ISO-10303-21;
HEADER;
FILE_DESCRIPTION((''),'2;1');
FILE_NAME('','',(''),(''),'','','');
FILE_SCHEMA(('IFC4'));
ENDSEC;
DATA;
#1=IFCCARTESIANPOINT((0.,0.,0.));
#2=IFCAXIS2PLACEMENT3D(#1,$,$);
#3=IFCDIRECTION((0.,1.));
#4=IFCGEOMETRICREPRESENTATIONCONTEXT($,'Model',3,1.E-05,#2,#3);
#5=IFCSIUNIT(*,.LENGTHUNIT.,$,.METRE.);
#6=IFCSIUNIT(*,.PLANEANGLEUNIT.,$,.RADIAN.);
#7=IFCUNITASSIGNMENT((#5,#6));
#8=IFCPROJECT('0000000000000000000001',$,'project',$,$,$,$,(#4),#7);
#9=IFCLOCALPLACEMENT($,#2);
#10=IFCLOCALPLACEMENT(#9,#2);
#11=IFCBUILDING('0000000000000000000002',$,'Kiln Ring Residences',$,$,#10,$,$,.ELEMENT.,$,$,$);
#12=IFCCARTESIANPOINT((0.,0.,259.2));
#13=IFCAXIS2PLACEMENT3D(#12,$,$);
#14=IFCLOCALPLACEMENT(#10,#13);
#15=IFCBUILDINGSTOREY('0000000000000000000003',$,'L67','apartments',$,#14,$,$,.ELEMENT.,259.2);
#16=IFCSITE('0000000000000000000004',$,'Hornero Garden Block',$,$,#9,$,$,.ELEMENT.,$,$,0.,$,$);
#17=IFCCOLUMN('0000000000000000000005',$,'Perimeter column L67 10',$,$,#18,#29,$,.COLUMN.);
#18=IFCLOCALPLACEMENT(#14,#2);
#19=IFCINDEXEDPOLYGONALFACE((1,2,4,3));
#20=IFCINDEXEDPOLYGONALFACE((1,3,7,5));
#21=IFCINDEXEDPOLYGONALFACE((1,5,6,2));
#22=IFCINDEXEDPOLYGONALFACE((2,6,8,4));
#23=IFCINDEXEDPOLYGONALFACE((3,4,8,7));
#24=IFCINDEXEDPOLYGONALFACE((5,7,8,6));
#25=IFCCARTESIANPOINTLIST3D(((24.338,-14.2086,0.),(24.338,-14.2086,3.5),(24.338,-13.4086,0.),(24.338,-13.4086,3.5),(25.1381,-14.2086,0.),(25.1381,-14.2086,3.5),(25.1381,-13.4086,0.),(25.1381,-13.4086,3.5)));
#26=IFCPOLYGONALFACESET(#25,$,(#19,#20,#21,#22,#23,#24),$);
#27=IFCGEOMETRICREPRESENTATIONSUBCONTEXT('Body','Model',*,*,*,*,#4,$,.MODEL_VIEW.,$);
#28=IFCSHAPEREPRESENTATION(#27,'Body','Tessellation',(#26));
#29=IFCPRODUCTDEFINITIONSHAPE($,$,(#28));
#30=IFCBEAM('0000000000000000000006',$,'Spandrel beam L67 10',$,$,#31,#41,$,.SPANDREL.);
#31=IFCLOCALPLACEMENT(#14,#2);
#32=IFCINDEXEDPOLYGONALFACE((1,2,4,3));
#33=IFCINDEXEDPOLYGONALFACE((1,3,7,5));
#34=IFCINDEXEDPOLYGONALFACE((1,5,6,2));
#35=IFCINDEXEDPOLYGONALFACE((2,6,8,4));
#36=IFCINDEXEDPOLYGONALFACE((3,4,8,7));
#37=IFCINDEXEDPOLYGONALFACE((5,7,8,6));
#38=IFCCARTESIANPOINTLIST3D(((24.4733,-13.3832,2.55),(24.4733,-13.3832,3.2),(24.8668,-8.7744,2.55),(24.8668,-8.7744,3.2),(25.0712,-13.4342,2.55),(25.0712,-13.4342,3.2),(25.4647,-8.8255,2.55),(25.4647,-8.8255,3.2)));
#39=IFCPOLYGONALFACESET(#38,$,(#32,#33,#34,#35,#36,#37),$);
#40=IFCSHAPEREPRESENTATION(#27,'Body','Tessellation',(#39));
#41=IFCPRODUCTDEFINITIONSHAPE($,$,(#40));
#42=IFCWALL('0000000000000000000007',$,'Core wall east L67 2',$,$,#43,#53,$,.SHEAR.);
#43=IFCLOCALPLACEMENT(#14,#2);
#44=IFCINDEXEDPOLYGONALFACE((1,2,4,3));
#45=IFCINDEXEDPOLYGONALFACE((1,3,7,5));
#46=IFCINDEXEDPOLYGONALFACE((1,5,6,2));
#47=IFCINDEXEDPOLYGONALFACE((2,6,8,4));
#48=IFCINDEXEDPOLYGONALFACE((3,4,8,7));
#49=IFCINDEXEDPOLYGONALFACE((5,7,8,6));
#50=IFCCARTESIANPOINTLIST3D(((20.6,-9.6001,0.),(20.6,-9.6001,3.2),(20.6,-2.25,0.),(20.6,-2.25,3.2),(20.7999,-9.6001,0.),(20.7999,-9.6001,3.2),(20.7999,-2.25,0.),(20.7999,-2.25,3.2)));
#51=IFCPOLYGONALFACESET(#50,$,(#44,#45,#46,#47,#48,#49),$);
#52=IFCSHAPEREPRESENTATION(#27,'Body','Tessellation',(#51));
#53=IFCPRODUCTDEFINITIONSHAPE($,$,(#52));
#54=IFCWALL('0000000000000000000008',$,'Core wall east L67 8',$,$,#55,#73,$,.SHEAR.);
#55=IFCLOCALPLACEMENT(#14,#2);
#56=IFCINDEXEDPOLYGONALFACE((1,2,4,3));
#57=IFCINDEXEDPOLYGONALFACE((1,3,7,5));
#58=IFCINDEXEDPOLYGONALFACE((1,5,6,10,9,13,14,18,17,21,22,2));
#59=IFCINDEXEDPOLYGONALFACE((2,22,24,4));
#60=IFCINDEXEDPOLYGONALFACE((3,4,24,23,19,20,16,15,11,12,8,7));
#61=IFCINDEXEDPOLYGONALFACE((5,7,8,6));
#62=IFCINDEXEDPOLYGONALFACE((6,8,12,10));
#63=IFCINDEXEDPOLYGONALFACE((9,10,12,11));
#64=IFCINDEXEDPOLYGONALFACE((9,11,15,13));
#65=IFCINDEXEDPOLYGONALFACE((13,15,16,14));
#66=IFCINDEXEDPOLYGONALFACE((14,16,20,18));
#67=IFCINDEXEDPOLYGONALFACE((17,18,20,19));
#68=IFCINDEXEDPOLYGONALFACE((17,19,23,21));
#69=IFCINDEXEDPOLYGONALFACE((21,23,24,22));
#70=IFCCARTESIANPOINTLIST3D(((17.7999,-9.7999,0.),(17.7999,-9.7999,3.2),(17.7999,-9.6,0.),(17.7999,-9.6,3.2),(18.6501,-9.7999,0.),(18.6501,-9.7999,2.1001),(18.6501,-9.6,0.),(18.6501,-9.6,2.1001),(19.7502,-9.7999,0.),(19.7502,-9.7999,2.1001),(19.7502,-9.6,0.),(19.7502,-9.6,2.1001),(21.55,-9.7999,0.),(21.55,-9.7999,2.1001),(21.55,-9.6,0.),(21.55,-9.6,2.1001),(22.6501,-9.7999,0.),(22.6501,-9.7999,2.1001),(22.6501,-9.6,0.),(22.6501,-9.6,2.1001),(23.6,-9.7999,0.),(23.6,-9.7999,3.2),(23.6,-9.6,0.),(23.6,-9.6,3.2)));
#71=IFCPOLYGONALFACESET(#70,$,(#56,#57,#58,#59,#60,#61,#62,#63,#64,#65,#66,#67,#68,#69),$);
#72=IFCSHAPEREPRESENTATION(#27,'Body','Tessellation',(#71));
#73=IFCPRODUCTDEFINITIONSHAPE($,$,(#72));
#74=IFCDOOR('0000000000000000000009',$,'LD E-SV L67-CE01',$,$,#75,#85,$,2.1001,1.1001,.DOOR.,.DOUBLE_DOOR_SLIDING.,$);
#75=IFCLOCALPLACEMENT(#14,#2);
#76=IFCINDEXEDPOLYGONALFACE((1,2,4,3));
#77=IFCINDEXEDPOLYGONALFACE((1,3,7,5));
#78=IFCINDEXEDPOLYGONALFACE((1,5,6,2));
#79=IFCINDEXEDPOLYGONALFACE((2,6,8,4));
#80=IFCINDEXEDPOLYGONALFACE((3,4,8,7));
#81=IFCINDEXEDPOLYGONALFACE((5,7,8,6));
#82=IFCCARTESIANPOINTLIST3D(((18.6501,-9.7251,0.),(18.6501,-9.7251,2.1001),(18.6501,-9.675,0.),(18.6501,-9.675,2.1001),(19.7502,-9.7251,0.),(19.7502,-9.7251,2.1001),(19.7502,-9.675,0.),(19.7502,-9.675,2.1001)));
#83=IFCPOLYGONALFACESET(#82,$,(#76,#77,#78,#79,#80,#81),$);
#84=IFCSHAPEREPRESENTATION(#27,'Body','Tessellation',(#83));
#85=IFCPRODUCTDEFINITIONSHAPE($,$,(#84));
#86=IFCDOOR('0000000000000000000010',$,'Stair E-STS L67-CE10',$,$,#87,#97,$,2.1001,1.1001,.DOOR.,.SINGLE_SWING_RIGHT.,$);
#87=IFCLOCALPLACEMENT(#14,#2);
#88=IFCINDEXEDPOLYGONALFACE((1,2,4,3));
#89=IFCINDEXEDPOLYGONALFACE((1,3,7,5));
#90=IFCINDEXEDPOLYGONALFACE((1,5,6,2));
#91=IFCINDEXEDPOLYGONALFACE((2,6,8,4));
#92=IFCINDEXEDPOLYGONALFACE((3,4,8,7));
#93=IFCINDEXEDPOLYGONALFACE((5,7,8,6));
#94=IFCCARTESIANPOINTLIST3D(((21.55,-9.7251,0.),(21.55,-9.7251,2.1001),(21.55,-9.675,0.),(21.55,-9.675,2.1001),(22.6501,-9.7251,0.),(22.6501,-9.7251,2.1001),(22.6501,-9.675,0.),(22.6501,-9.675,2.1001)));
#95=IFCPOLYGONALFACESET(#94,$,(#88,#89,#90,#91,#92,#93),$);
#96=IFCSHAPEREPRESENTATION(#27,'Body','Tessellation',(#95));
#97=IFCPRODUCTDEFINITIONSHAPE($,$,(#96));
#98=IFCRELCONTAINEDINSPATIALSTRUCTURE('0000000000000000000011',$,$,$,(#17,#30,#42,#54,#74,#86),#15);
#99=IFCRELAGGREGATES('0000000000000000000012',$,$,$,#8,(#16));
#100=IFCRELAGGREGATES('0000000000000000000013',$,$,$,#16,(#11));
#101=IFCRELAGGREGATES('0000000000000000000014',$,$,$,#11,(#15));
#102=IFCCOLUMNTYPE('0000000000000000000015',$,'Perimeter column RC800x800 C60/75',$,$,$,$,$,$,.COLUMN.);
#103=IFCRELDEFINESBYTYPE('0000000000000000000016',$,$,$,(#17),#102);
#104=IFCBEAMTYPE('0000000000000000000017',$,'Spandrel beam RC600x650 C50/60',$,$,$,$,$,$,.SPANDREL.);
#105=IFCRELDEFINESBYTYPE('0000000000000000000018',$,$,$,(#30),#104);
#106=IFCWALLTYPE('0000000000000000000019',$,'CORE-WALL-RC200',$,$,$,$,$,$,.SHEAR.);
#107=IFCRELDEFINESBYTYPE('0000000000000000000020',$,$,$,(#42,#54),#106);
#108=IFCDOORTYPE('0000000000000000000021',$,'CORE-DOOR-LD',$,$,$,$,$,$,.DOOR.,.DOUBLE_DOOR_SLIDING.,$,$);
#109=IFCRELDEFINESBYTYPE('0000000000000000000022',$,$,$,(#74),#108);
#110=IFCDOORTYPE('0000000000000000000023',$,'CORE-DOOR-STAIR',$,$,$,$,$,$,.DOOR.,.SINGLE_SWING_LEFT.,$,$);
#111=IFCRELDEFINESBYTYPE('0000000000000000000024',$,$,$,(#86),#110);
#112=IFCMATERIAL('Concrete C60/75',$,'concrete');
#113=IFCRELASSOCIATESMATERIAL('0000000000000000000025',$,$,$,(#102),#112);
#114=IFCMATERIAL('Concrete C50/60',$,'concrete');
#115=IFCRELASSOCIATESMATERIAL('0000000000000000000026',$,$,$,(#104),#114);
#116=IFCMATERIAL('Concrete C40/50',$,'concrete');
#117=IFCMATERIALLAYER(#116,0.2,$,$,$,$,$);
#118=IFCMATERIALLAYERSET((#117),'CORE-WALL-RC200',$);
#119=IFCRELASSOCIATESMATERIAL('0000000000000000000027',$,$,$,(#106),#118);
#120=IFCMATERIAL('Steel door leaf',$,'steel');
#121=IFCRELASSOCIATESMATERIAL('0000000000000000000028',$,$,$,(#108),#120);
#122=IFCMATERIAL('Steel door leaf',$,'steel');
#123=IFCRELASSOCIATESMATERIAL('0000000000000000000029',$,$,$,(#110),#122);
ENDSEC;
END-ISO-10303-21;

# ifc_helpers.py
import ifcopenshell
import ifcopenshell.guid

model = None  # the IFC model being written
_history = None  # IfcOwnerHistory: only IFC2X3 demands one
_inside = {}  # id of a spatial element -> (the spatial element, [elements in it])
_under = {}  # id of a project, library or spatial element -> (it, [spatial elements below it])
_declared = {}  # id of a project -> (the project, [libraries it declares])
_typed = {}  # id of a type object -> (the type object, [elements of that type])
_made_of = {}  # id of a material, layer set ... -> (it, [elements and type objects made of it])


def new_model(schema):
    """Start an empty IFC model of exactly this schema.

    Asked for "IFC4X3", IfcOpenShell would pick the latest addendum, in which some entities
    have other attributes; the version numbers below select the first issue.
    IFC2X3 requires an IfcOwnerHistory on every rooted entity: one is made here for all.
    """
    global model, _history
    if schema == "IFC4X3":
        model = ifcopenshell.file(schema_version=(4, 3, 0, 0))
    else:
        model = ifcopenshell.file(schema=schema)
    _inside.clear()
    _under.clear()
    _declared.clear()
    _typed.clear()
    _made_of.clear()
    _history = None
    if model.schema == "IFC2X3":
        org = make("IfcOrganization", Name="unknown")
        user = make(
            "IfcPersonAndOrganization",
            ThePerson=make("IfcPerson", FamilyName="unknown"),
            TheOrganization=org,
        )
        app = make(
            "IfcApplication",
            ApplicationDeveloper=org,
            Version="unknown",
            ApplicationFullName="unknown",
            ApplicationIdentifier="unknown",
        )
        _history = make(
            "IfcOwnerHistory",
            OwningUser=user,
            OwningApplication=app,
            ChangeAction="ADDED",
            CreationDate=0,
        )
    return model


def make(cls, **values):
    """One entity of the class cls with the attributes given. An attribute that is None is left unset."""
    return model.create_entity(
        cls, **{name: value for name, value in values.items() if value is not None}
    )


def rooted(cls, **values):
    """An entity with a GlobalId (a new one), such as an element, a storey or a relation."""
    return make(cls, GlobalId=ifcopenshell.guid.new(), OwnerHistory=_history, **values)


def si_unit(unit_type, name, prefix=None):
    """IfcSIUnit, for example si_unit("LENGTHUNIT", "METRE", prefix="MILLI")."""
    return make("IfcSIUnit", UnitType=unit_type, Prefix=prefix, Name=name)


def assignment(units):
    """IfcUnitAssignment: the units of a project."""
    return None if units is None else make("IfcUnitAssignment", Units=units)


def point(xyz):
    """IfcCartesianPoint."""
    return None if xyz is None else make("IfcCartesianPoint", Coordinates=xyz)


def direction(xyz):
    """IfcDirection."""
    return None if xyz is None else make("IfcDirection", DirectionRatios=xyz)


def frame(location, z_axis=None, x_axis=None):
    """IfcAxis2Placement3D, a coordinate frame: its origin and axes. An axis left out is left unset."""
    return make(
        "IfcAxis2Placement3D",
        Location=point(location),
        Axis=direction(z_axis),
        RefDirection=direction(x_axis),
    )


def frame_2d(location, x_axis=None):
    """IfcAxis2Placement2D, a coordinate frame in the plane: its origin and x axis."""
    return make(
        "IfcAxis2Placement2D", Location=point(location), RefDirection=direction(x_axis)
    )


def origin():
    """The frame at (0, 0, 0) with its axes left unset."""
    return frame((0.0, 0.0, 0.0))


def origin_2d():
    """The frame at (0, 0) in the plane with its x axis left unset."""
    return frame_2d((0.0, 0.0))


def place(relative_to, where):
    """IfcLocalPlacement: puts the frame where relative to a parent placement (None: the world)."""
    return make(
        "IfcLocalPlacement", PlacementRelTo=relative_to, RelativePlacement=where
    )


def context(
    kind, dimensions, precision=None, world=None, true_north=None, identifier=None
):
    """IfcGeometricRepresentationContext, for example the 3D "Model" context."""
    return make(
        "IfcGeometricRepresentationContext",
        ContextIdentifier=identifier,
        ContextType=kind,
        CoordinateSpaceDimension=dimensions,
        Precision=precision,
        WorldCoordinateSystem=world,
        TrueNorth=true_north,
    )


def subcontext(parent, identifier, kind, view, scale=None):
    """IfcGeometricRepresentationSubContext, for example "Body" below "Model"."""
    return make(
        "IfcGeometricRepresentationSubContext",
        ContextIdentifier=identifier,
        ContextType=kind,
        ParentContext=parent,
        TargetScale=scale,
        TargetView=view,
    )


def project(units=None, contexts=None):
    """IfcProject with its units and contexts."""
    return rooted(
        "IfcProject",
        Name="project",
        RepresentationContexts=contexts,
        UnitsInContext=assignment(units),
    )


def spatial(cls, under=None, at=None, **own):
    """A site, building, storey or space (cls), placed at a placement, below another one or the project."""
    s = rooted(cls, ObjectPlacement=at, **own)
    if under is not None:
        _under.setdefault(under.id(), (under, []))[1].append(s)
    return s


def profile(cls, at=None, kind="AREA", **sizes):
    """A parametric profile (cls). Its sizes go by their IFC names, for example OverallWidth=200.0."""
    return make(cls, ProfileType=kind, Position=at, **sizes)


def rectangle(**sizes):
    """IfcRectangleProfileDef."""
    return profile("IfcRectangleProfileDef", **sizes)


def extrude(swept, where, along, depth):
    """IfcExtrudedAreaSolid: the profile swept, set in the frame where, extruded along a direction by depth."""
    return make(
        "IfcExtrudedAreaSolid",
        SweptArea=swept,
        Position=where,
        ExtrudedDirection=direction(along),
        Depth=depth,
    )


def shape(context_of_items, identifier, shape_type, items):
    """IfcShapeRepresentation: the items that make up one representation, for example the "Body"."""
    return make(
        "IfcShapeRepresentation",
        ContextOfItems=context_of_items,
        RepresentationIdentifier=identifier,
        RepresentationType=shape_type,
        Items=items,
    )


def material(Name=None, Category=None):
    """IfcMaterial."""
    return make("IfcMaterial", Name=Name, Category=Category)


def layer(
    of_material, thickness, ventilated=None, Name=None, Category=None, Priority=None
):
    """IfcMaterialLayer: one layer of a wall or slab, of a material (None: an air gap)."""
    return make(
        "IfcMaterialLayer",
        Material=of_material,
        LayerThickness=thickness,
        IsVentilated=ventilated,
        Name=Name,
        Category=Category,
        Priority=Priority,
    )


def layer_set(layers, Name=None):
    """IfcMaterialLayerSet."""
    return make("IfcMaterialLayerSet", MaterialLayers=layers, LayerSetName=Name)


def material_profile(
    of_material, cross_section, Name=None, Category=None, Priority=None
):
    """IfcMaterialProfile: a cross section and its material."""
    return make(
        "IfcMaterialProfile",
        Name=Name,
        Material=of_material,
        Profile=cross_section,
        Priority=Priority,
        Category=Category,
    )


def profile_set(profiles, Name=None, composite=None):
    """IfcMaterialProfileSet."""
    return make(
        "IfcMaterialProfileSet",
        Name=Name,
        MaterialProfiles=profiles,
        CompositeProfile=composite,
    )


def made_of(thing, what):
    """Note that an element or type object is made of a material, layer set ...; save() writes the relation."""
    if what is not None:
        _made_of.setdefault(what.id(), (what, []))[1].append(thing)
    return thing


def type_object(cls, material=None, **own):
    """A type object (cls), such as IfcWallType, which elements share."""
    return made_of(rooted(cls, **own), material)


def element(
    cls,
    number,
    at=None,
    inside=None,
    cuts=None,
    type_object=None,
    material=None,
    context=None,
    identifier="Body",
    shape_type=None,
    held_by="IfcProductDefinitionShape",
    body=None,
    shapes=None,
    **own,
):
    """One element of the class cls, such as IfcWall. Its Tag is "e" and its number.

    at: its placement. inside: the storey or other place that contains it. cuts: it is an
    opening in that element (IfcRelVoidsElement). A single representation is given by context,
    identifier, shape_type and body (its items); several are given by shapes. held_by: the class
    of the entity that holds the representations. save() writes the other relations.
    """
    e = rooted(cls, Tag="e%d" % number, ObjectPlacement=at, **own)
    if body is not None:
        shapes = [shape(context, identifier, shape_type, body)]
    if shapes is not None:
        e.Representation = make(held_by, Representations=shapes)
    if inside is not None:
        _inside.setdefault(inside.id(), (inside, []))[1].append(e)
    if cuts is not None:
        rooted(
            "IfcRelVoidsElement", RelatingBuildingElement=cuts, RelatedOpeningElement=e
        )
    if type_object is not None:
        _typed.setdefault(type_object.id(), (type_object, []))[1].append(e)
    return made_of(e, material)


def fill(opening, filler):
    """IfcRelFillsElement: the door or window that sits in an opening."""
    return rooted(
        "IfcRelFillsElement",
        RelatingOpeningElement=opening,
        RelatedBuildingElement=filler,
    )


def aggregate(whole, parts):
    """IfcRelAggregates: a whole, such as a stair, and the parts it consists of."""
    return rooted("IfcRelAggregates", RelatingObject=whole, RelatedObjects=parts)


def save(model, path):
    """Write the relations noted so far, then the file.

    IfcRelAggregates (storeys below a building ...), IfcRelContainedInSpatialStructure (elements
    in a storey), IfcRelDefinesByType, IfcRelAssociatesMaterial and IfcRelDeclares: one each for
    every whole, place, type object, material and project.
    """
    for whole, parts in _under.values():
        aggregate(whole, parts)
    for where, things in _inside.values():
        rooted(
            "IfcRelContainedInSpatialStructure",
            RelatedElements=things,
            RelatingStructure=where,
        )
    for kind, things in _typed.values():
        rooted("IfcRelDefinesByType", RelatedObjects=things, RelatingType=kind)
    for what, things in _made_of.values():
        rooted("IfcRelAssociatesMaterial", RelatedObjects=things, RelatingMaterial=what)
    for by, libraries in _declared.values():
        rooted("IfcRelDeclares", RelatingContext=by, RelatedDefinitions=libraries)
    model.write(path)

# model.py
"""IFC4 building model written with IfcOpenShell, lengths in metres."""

from ifc_helpers import new_model, si_unit, direction, frame, frame_2d, origin, origin_2d, place, context, subcontext, project, spatial, rectangle, extrude, material, layer, layer_set, material_profile, profile_set, type_object, element, fill, save


model = new_model("IFC4")

# Units and contexts
model_context = context("Model", 3, precision=1e-05, world=origin(), true_north=direction((0.0, 1.0)))
body_context = subcontext(model_context, "Body", "Model", "MODEL_VIEW")
ifc_project = project(units=[si_unit("LENGTHUNIT", "METRE"), si_unit("PLANEANGLEUNIT", "RADIAN")], contexts=[model_context])

# Site, building, storey
site_placement = place(None, origin())
site = spatial("IfcSite", under=ifc_project, at=site_placement, Name="Hornero Garden Block", CompositionType="ELEMENT", RefElevation=0.0)
building_placement = place(site_placement, origin())
building = spatial("IfcBuilding", under=site, at=building_placement, Name="Kiln Ring Residences", CompositionType="ELEMENT")
storey_placement = place(building_placement, frame((0.0, 0.0, 259.2)))
storey = spatial("IfcBuildingStorey", under=building, at=storey_placement, Name="L67", Description="apartments", CompositionType="ELEMENT", Elevation=259.2)

# Column
ifc_material_1 = material(Name="Concrete C60/75", Category="concrete")
ifc_material_profile_1 = material_profile(ifc_material_1, rectangle(XDim=0.8, YDim=0.8, at=origin_2d()), Name="RC800x800")
ifc_profile_set_1 = profile_set([ifc_material_profile_1], Name="Concrete C60/75")
column_type = type_object("IfcColumnType", Name="Perimeter column RC800x800 C60/75", PredefinedType="COLUMN", material=ifc_profile_set_1)
column_placement = place(storey_placement, frame((24.738, -13.8086, 0.0), z_axis=(0.0, 0.0, 1.0), x_axis=(1.0, 0.0, 0.0)))
element("IfcColumn", 1, at=column_placement, inside=storey, type_object=column_type, Name="Perimeter column L67 10", PredefinedType="COLUMN", context=body_context, shape_type="SweptSolid", body=[
    extrude(rectangle(XDim=0.8, YDim=0.8, at=origin_2d()), origin(), (0.0, 0.0, 1.0), 3.5),
])

# Beam
ifc_material_2 = material(Name="Concrete C50/60", Category="concrete")
ifc_material_profile_2 = material_profile(ifc_material_2, rectangle(XDim=0.6001, YDim=0.6499, at=origin_2d()), Name="RC600x650")
ifc_profile_set_2 = profile_set([ifc_material_profile_2], Name="Concrete C50/60")
beam_type = type_object("IfcBeamType", Name="Spandrel beam RC600x650 C50/60", PredefinedType="SPANDREL", material=ifc_profile_set_2)
beam_placement = place(storey_placement, frame((24.7722, -13.4087, 2.875), z_axis=(0.085085, 0.996374, 0.0), x_axis=(-0.996374, 0.085085, 0.0)))
element("IfcBeam", 2, at=beam_placement, inside=storey, type_object=beam_type, Name="Spandrel beam L67 10", PredefinedType="SPANDREL", context=body_context, shape_type="SweptSolid", body=[
    extrude(rectangle(XDim=0.6001, YDim=0.6499, at=origin_2d()), origin(), (0.0, 0.0, 1.0), 4.6255),
])

# Wall
ifc_material_3 = material(Name="Concrete C40/50", Category="concrete")
ifc_layer_1 = layer(ifc_material_3, 0.2)
ifc_layer_set_1 = layer_set([ifc_layer_1], Name="CORE-WALL-RC200")
wall_type_1 = type_object("IfcWallType", Name="CORE-WALL-RC200", PredefinedType="SHEAR", material=ifc_layer_set_1)
wall_1_placement = place(storey_placement, frame((20.7, -9.6001, 0.0), z_axis=(0.0, 0.0, 1.0), x_axis=(0.0, 1.0, 0.0)))
element("IfcWall", 3, at=wall_1_placement, inside=storey, type_object=wall_type_1, Name="Core wall east L67 2", PredefinedType="SHEAR", context=body_context, shape_type="SweptSolid", body=[
    extrude(rectangle(XDim=7.3501, YDim=0.2, at=frame_2d((3.675, 0.0))), origin(), (0.0, 0.0, 1.0), 3.2),
])

# Wall, openings, doors
wall_2_placement = place(storey_placement, frame((17.8, -9.7, 0.0), z_axis=(0.0, 0.0, 1.0), x_axis=(1.0, 0.0, 0.0)))
wall_2 = element("IfcWall", 4, at=wall_2_placement, inside=storey, type_object=wall_type_1, Name="Core wall east L67 8", PredefinedType="SHEAR", context=body_context, shape_type="SweptSolid", body=[
    extrude(rectangle(XDim=5.8, YDim=0.2, at=frame_2d((2.8999, 0.0))), origin(), (0.0, 0.0, 1.0), 3.2),
])
opening_1_placement = place(wall_2_placement, frame((0.8501, 0.0, 0.0)))
opening_1 = element("IfcOpeningElement", 5, at=opening_1_placement, cuts=wall_2, PredefinedType="OPENING", context=body_context, shape_type="SweptSolid", body=[
    extrude(rectangle(XDim=1.1001, YDim=2.1001, at=frame_2d((0.55, 1.05))), frame((0.0, 0.1099, 0.0), z_axis=(0.0, -1.0, 0.0), x_axis=(1.0, 0.0, 0.0)), (0.0, 0.0, 1.0), 0.22),
])
opening_2_placement = place(wall_2_placement, frame((3.75, 0.0, 0.0)))
opening_2 = element("IfcOpeningElement", 6, at=opening_2_placement, cuts=wall_2, PredefinedType="OPENING", context=body_context, shape_type="SweptSolid", body=[
    extrude(rectangle(XDim=1.1001, YDim=2.1001, at=frame_2d((0.55, 1.05))), frame((0.0, 0.1099, 0.0), z_axis=(0.0, -1.0, 0.0), x_axis=(1.0, 0.0, 0.0)), (0.0, 0.0, 1.0), 0.22),
])
ifc_material_4 = material(Name="Steel door leaf", Category="steel")
door_type_1 = type_object("IfcDoorType", Name="CORE-DOOR-LD", OperationType="DOUBLE_DOOR_SLIDING", PredefinedType="DOOR", material=ifc_material_4)
door_1_placement = place(opening_1_placement, origin())
door_1 = element("IfcDoor", 7, at=door_1_placement, inside=storey, type_object=door_type_1, Name="LD E-SV L67-CE01", OperationType="DOUBLE_DOOR_SLIDING", OverallHeight=2.1001, OverallWidth=1.1001, PredefinedType="DOOR", context=body_context, shape_type="SweptSolid", body=[
    extrude(rectangle(XDim=1.1001, YDim=2.1001, at=frame_2d((0.55, 1.05))), frame((0.0, 0.0249, 0.0), z_axis=(0.0, -1.0, 0.0), x_axis=(1.0, 0.0, 0.0)), (0.0, 0.0, 1.0), 0.05),
])
fill(opening_1, door_1)
ifc_material_5 = material(Name="Steel door leaf", Category="steel")
door_type_2 = type_object("IfcDoorType", Name="CORE-DOOR-STAIR", OperationType="SINGLE_SWING_LEFT", PredefinedType="DOOR", material=ifc_material_5)
door_2_placement = place(opening_2_placement, origin())
door_2 = element("IfcDoor", 8, at=door_2_placement, inside=storey, type_object=door_type_2, Name="Stair E-STS L67-CE10", OperationType="SINGLE_SWING_RIGHT", OverallHeight=2.1001, OverallWidth=1.1001, PredefinedType="DOOR", context=body_context, shape_type="SweptSolid", body=[
    extrude(rectangle(XDim=1.1001, YDim=2.1001, at=frame_2d((0.55, 1.05))), frame((0.0, 0.0249, 0.0), z_axis=(0.0, -1.0, 0.0), x_axis=(1.0, 0.0, 0.0)), (0.0, 0.0, 1.0), 0.05),
])
fill(opening_2, door_2)

save(model, "model.ifc")
